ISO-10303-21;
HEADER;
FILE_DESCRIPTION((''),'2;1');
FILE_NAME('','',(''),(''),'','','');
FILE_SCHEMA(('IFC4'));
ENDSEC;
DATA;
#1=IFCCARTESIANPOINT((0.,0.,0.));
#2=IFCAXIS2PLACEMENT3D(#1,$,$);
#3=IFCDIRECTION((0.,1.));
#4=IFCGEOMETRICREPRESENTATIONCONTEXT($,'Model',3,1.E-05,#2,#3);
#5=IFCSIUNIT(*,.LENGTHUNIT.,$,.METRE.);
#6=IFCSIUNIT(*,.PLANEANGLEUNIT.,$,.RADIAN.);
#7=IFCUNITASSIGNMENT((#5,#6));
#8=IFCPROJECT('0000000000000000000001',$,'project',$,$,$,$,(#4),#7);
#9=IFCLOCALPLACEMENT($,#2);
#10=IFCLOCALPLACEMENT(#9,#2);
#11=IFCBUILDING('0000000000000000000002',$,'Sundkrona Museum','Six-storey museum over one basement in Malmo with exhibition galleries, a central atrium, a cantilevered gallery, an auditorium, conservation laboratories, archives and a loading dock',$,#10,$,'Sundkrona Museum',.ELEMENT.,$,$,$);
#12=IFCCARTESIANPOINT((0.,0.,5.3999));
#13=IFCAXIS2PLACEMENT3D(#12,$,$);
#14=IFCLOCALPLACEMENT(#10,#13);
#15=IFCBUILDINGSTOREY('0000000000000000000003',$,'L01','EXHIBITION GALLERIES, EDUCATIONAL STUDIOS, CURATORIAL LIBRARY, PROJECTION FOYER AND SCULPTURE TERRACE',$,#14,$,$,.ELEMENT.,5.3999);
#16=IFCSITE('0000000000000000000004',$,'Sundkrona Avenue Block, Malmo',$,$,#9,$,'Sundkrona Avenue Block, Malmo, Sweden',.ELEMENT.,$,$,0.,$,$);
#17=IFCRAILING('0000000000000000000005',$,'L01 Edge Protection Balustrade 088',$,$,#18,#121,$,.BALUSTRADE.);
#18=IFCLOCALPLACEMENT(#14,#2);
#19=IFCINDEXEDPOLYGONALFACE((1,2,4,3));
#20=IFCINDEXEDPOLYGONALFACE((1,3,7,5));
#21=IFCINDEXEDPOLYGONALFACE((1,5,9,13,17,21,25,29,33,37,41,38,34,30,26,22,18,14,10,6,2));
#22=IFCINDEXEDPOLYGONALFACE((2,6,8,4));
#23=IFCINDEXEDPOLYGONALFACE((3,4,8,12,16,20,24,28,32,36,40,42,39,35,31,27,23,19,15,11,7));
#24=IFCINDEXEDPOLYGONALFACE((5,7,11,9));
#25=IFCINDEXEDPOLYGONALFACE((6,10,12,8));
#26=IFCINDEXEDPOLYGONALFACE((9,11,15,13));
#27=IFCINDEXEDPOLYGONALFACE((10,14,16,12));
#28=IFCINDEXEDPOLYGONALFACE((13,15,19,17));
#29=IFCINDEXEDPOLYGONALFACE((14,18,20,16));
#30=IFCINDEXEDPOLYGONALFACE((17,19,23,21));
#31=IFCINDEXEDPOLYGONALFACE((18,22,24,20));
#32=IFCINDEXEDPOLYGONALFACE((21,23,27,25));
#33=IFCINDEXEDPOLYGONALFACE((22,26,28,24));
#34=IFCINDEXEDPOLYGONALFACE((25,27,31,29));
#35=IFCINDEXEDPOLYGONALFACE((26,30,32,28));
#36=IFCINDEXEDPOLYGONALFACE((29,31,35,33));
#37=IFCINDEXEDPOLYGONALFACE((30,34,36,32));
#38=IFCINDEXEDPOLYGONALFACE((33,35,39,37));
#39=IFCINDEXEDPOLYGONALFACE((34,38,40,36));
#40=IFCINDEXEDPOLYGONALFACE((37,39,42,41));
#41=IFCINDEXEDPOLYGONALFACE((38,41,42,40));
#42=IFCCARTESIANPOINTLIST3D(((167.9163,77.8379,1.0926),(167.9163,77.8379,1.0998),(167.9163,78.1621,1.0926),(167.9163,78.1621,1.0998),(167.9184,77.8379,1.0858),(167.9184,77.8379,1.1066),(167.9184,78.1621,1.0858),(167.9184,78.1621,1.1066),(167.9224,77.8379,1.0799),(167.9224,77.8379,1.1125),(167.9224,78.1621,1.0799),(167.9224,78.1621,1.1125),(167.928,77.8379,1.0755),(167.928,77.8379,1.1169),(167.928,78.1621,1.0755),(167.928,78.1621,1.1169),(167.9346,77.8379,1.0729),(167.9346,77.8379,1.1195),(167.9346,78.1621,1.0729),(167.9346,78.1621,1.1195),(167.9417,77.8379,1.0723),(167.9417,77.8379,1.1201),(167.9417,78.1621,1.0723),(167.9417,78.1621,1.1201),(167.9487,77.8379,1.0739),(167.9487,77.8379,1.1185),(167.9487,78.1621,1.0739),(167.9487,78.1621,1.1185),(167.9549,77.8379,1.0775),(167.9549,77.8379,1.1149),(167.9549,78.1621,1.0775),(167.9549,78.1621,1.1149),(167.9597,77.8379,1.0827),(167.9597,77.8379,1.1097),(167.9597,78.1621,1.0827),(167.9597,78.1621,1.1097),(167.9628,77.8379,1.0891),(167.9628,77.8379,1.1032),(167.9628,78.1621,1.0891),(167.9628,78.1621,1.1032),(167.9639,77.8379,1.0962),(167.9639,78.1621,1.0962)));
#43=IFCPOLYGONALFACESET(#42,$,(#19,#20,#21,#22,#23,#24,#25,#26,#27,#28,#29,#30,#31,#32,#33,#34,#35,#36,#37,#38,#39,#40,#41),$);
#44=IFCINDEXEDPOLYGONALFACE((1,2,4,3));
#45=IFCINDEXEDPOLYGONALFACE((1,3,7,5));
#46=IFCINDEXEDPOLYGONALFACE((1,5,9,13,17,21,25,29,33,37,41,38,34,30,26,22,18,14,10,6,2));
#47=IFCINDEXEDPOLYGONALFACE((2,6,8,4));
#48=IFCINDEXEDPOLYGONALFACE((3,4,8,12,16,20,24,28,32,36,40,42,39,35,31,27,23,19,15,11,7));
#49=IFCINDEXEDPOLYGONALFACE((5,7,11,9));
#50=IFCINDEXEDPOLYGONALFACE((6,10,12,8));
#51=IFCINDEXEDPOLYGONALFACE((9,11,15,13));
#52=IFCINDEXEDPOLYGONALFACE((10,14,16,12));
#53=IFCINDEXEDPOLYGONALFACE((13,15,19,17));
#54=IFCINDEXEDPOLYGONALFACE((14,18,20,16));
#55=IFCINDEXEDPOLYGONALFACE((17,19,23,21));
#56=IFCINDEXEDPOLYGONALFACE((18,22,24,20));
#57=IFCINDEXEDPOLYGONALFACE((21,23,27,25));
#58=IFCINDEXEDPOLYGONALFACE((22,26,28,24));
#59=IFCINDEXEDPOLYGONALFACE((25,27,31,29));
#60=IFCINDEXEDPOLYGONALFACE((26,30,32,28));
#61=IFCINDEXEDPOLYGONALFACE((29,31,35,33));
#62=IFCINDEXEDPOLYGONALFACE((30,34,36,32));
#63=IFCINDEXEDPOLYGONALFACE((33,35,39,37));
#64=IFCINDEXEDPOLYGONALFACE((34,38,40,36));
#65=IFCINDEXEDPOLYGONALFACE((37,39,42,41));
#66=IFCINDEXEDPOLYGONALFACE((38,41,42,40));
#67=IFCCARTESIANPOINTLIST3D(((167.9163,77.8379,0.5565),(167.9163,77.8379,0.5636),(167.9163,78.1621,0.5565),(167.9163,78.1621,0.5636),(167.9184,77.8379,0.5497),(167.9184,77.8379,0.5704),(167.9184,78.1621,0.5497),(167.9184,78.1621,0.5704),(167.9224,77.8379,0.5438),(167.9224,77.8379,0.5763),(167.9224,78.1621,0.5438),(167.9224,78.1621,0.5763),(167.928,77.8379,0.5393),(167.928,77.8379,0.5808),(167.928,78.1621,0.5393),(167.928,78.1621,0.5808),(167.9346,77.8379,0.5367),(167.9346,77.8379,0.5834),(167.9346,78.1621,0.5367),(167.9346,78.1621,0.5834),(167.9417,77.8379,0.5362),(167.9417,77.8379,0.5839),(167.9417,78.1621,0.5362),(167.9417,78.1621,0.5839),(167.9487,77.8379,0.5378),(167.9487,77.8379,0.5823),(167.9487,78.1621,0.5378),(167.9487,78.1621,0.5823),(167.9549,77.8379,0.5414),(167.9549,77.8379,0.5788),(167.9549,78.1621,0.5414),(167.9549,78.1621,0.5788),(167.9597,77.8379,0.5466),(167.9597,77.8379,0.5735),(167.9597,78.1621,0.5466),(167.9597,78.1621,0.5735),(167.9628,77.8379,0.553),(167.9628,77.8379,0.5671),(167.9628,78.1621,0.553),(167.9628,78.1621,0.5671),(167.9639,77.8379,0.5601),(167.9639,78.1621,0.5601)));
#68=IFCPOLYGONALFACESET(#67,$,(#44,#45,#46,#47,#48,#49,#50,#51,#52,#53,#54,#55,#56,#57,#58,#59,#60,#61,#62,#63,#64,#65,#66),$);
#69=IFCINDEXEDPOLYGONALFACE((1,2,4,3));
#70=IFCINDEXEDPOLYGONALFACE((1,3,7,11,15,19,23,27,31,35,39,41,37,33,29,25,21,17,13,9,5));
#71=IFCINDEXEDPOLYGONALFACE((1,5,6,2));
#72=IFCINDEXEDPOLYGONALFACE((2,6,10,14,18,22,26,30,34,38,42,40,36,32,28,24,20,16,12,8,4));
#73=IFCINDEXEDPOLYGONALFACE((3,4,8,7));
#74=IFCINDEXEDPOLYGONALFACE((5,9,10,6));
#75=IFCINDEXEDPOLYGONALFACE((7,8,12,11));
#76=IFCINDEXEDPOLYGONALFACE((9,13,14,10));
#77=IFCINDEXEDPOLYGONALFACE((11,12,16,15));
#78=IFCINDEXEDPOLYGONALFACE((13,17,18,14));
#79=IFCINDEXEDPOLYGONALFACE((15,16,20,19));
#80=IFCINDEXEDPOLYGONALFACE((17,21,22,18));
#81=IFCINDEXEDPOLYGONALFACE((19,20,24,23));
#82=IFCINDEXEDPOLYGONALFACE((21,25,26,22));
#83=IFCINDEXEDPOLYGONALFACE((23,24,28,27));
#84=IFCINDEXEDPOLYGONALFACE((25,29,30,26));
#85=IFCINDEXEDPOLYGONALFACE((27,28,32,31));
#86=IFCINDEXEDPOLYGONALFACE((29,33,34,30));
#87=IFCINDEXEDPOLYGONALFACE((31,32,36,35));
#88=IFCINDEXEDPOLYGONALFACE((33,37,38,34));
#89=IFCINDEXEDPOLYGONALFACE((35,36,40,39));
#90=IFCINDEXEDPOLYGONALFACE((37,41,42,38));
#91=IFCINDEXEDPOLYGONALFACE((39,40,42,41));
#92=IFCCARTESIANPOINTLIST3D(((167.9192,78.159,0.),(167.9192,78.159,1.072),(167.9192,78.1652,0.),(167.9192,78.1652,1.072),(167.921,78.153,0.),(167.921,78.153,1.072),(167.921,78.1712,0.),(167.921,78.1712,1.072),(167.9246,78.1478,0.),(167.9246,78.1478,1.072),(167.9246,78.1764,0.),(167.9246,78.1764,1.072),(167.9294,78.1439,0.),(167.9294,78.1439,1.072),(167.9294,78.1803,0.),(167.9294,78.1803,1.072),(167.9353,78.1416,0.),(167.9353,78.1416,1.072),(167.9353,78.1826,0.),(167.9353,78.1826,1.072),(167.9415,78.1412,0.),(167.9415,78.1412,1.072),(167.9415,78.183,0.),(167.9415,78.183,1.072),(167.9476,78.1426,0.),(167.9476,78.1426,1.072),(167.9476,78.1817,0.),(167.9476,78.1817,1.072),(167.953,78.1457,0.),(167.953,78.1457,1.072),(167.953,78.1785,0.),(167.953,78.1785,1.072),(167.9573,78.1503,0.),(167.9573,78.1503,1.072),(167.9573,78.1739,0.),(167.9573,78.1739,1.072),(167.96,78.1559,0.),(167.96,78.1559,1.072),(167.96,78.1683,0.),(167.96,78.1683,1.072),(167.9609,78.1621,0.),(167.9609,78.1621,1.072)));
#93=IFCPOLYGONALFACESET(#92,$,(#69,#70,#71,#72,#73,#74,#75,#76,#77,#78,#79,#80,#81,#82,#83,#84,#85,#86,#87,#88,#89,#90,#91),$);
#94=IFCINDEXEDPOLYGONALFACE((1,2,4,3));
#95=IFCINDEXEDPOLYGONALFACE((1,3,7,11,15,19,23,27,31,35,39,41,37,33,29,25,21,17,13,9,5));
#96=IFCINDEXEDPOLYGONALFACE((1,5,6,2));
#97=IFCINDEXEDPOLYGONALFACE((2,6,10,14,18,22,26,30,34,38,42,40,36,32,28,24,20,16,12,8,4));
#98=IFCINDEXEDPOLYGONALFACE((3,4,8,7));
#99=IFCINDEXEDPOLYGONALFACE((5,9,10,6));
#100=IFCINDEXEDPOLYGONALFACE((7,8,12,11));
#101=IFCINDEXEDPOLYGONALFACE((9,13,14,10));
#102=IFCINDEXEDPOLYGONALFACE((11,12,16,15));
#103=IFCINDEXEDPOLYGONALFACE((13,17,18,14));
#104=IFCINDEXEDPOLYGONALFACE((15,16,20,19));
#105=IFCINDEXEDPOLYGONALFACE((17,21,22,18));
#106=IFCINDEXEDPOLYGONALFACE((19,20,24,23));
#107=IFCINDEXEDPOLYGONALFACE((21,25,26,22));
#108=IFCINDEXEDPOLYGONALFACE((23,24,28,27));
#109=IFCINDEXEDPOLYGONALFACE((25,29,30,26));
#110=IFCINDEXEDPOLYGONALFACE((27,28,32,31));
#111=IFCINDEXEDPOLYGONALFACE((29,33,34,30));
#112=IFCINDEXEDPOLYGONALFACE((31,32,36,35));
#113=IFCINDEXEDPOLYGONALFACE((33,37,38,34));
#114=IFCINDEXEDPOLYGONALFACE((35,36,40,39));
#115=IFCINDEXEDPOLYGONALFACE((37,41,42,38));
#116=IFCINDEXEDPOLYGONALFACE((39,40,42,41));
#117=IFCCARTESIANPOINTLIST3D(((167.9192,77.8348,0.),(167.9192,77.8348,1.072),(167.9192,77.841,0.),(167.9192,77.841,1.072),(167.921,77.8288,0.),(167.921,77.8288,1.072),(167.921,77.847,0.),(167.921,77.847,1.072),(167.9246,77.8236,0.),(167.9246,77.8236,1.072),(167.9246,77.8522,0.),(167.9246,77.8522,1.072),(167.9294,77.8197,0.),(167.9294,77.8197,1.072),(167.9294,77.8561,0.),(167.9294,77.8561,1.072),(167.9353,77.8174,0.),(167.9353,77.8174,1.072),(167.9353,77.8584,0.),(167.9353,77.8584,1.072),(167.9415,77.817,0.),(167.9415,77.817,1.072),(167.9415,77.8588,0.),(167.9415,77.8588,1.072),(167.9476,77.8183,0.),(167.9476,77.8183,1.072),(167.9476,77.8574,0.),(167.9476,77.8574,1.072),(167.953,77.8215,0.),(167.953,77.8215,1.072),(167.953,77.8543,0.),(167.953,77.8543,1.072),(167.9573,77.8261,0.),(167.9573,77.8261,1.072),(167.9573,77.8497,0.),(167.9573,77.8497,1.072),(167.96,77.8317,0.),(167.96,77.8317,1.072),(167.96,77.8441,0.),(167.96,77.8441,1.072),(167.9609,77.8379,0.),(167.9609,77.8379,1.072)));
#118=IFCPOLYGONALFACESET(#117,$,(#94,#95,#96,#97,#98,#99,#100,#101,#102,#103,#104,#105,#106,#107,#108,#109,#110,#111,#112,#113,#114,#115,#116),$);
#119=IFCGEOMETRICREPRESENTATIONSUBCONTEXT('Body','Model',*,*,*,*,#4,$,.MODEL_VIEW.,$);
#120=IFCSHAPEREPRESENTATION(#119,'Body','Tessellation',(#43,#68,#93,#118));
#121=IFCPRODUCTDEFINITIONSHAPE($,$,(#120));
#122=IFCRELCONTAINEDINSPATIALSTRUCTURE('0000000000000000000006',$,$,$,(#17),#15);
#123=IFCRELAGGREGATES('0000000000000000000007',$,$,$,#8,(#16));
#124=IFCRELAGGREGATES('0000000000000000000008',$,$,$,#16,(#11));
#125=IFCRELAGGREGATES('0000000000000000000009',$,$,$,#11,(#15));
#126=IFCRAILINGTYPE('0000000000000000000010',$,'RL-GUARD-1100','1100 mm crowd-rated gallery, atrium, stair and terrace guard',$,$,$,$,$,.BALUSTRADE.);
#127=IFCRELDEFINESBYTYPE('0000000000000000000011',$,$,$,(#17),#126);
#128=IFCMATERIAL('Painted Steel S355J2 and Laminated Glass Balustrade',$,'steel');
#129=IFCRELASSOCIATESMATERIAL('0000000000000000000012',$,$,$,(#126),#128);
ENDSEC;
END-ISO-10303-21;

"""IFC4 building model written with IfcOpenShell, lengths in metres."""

from ifc_helpers import new_model, si_unit, direction, frame, origin, origin_2d, place, context, subcontext, project, spatial, circle, extrude, material, type_object, element, save


model = new_model("IFC4")

# Units and contexts
model_context = context("Model", 3, precision=1e-05, world=origin(), true_north=direction((0.0, 1.0)))
body_context = subcontext(model_context, "Body", "Model", "MODEL_VIEW")
ifc_project = project(units=[si_unit("LENGTHUNIT", "METRE"), si_unit("PLANEANGLEUNIT", "RADIAN")], contexts=[model_context])

# Site, building, storey
site_placement = place(None, origin())
site = spatial("IfcSite", under=ifc_project, at=site_placement, Name="Sundkrona Avenue Block, Malmo", LongName="Sundkrona Avenue Block, Malmo, Sweden", CompositionType="ELEMENT", RefElevation=0.0)
building_placement = place(site_placement, origin())
building = spatial("IfcBuilding", under=site, at=building_placement, Name="Sundkrona Museum", Description="Six-storey museum over one basement in Malmo with exhibition galleries, a central atrium, a cantilevered gallery, an auditorium, conservation laboratories, archives and a loading dock", LongName="Sundkrona Museum", CompositionType="ELEMENT")
storey_placement = place(building_placement, frame((0.0, 0.0, 5.3999)))
storey = spatial("IfcBuildingStorey", under=building, at=storey_placement, Name="L01", Description="EXHIBITION GALLERIES, EDUCATIONAL STUDIOS, CURATORIAL LIBRARY, PROJECTION FOYER AND SCULPTURE TERRACE", CompositionType="ELEMENT", Elevation=5.3999)

# Railing
ifc_material_1 = material(Name="Painted Steel S355J2 and Laminated Glass Balustrade", Category="steel")
railing_type = type_object("IfcRailingType", Name="RL-GUARD-1100", Description="1100 mm crowd-rated gallery, atrium, stair and terrace guard", PredefinedType="BALUSTRADE", material=ifc_material_1)
for number, where, name in (
    (1, (167.9399, 78.1621, 0.0), "L01 Edge Protection Balustrade 088"),
):
    element("IfcRailing", number, at=place(storey_placement, frame(where)), inside=storey, type_object=railing_type, Name=name, PredefinedType="BALUSTRADE", context=body_context, shape_type="SweptSolid", body=[
        extrude(circle(Radius=0.0239, at=origin_2d()), frame((0.0, 0.0, 1.0962), z_axis=(0.0, -1.0, 0.0), x_axis=(1.0, 0.0, 0.0)), (0.0, 0.0, 1.0), 0.3242),
        extrude(circle(Radius=0.0239, at=origin_2d()), frame((0.0, 0.0, 0.5601), z_axis=(0.0, -1.0, 0.0), x_axis=(1.0, 0.0, 0.0)), (0.0, 0.0, 1.0), 0.3242),
        extrude(circle(Radius=0.021, at=origin_2d()), origin(), (0.0, 0.0, 1.0), 1.072),
        extrude(circle(Radius=0.021, at=origin_2d()), frame((0.0, -0.3242, 0.0)), (0.0, 0.0, 1.0), 1.072),
    ])

save(model, "model.ifc")
